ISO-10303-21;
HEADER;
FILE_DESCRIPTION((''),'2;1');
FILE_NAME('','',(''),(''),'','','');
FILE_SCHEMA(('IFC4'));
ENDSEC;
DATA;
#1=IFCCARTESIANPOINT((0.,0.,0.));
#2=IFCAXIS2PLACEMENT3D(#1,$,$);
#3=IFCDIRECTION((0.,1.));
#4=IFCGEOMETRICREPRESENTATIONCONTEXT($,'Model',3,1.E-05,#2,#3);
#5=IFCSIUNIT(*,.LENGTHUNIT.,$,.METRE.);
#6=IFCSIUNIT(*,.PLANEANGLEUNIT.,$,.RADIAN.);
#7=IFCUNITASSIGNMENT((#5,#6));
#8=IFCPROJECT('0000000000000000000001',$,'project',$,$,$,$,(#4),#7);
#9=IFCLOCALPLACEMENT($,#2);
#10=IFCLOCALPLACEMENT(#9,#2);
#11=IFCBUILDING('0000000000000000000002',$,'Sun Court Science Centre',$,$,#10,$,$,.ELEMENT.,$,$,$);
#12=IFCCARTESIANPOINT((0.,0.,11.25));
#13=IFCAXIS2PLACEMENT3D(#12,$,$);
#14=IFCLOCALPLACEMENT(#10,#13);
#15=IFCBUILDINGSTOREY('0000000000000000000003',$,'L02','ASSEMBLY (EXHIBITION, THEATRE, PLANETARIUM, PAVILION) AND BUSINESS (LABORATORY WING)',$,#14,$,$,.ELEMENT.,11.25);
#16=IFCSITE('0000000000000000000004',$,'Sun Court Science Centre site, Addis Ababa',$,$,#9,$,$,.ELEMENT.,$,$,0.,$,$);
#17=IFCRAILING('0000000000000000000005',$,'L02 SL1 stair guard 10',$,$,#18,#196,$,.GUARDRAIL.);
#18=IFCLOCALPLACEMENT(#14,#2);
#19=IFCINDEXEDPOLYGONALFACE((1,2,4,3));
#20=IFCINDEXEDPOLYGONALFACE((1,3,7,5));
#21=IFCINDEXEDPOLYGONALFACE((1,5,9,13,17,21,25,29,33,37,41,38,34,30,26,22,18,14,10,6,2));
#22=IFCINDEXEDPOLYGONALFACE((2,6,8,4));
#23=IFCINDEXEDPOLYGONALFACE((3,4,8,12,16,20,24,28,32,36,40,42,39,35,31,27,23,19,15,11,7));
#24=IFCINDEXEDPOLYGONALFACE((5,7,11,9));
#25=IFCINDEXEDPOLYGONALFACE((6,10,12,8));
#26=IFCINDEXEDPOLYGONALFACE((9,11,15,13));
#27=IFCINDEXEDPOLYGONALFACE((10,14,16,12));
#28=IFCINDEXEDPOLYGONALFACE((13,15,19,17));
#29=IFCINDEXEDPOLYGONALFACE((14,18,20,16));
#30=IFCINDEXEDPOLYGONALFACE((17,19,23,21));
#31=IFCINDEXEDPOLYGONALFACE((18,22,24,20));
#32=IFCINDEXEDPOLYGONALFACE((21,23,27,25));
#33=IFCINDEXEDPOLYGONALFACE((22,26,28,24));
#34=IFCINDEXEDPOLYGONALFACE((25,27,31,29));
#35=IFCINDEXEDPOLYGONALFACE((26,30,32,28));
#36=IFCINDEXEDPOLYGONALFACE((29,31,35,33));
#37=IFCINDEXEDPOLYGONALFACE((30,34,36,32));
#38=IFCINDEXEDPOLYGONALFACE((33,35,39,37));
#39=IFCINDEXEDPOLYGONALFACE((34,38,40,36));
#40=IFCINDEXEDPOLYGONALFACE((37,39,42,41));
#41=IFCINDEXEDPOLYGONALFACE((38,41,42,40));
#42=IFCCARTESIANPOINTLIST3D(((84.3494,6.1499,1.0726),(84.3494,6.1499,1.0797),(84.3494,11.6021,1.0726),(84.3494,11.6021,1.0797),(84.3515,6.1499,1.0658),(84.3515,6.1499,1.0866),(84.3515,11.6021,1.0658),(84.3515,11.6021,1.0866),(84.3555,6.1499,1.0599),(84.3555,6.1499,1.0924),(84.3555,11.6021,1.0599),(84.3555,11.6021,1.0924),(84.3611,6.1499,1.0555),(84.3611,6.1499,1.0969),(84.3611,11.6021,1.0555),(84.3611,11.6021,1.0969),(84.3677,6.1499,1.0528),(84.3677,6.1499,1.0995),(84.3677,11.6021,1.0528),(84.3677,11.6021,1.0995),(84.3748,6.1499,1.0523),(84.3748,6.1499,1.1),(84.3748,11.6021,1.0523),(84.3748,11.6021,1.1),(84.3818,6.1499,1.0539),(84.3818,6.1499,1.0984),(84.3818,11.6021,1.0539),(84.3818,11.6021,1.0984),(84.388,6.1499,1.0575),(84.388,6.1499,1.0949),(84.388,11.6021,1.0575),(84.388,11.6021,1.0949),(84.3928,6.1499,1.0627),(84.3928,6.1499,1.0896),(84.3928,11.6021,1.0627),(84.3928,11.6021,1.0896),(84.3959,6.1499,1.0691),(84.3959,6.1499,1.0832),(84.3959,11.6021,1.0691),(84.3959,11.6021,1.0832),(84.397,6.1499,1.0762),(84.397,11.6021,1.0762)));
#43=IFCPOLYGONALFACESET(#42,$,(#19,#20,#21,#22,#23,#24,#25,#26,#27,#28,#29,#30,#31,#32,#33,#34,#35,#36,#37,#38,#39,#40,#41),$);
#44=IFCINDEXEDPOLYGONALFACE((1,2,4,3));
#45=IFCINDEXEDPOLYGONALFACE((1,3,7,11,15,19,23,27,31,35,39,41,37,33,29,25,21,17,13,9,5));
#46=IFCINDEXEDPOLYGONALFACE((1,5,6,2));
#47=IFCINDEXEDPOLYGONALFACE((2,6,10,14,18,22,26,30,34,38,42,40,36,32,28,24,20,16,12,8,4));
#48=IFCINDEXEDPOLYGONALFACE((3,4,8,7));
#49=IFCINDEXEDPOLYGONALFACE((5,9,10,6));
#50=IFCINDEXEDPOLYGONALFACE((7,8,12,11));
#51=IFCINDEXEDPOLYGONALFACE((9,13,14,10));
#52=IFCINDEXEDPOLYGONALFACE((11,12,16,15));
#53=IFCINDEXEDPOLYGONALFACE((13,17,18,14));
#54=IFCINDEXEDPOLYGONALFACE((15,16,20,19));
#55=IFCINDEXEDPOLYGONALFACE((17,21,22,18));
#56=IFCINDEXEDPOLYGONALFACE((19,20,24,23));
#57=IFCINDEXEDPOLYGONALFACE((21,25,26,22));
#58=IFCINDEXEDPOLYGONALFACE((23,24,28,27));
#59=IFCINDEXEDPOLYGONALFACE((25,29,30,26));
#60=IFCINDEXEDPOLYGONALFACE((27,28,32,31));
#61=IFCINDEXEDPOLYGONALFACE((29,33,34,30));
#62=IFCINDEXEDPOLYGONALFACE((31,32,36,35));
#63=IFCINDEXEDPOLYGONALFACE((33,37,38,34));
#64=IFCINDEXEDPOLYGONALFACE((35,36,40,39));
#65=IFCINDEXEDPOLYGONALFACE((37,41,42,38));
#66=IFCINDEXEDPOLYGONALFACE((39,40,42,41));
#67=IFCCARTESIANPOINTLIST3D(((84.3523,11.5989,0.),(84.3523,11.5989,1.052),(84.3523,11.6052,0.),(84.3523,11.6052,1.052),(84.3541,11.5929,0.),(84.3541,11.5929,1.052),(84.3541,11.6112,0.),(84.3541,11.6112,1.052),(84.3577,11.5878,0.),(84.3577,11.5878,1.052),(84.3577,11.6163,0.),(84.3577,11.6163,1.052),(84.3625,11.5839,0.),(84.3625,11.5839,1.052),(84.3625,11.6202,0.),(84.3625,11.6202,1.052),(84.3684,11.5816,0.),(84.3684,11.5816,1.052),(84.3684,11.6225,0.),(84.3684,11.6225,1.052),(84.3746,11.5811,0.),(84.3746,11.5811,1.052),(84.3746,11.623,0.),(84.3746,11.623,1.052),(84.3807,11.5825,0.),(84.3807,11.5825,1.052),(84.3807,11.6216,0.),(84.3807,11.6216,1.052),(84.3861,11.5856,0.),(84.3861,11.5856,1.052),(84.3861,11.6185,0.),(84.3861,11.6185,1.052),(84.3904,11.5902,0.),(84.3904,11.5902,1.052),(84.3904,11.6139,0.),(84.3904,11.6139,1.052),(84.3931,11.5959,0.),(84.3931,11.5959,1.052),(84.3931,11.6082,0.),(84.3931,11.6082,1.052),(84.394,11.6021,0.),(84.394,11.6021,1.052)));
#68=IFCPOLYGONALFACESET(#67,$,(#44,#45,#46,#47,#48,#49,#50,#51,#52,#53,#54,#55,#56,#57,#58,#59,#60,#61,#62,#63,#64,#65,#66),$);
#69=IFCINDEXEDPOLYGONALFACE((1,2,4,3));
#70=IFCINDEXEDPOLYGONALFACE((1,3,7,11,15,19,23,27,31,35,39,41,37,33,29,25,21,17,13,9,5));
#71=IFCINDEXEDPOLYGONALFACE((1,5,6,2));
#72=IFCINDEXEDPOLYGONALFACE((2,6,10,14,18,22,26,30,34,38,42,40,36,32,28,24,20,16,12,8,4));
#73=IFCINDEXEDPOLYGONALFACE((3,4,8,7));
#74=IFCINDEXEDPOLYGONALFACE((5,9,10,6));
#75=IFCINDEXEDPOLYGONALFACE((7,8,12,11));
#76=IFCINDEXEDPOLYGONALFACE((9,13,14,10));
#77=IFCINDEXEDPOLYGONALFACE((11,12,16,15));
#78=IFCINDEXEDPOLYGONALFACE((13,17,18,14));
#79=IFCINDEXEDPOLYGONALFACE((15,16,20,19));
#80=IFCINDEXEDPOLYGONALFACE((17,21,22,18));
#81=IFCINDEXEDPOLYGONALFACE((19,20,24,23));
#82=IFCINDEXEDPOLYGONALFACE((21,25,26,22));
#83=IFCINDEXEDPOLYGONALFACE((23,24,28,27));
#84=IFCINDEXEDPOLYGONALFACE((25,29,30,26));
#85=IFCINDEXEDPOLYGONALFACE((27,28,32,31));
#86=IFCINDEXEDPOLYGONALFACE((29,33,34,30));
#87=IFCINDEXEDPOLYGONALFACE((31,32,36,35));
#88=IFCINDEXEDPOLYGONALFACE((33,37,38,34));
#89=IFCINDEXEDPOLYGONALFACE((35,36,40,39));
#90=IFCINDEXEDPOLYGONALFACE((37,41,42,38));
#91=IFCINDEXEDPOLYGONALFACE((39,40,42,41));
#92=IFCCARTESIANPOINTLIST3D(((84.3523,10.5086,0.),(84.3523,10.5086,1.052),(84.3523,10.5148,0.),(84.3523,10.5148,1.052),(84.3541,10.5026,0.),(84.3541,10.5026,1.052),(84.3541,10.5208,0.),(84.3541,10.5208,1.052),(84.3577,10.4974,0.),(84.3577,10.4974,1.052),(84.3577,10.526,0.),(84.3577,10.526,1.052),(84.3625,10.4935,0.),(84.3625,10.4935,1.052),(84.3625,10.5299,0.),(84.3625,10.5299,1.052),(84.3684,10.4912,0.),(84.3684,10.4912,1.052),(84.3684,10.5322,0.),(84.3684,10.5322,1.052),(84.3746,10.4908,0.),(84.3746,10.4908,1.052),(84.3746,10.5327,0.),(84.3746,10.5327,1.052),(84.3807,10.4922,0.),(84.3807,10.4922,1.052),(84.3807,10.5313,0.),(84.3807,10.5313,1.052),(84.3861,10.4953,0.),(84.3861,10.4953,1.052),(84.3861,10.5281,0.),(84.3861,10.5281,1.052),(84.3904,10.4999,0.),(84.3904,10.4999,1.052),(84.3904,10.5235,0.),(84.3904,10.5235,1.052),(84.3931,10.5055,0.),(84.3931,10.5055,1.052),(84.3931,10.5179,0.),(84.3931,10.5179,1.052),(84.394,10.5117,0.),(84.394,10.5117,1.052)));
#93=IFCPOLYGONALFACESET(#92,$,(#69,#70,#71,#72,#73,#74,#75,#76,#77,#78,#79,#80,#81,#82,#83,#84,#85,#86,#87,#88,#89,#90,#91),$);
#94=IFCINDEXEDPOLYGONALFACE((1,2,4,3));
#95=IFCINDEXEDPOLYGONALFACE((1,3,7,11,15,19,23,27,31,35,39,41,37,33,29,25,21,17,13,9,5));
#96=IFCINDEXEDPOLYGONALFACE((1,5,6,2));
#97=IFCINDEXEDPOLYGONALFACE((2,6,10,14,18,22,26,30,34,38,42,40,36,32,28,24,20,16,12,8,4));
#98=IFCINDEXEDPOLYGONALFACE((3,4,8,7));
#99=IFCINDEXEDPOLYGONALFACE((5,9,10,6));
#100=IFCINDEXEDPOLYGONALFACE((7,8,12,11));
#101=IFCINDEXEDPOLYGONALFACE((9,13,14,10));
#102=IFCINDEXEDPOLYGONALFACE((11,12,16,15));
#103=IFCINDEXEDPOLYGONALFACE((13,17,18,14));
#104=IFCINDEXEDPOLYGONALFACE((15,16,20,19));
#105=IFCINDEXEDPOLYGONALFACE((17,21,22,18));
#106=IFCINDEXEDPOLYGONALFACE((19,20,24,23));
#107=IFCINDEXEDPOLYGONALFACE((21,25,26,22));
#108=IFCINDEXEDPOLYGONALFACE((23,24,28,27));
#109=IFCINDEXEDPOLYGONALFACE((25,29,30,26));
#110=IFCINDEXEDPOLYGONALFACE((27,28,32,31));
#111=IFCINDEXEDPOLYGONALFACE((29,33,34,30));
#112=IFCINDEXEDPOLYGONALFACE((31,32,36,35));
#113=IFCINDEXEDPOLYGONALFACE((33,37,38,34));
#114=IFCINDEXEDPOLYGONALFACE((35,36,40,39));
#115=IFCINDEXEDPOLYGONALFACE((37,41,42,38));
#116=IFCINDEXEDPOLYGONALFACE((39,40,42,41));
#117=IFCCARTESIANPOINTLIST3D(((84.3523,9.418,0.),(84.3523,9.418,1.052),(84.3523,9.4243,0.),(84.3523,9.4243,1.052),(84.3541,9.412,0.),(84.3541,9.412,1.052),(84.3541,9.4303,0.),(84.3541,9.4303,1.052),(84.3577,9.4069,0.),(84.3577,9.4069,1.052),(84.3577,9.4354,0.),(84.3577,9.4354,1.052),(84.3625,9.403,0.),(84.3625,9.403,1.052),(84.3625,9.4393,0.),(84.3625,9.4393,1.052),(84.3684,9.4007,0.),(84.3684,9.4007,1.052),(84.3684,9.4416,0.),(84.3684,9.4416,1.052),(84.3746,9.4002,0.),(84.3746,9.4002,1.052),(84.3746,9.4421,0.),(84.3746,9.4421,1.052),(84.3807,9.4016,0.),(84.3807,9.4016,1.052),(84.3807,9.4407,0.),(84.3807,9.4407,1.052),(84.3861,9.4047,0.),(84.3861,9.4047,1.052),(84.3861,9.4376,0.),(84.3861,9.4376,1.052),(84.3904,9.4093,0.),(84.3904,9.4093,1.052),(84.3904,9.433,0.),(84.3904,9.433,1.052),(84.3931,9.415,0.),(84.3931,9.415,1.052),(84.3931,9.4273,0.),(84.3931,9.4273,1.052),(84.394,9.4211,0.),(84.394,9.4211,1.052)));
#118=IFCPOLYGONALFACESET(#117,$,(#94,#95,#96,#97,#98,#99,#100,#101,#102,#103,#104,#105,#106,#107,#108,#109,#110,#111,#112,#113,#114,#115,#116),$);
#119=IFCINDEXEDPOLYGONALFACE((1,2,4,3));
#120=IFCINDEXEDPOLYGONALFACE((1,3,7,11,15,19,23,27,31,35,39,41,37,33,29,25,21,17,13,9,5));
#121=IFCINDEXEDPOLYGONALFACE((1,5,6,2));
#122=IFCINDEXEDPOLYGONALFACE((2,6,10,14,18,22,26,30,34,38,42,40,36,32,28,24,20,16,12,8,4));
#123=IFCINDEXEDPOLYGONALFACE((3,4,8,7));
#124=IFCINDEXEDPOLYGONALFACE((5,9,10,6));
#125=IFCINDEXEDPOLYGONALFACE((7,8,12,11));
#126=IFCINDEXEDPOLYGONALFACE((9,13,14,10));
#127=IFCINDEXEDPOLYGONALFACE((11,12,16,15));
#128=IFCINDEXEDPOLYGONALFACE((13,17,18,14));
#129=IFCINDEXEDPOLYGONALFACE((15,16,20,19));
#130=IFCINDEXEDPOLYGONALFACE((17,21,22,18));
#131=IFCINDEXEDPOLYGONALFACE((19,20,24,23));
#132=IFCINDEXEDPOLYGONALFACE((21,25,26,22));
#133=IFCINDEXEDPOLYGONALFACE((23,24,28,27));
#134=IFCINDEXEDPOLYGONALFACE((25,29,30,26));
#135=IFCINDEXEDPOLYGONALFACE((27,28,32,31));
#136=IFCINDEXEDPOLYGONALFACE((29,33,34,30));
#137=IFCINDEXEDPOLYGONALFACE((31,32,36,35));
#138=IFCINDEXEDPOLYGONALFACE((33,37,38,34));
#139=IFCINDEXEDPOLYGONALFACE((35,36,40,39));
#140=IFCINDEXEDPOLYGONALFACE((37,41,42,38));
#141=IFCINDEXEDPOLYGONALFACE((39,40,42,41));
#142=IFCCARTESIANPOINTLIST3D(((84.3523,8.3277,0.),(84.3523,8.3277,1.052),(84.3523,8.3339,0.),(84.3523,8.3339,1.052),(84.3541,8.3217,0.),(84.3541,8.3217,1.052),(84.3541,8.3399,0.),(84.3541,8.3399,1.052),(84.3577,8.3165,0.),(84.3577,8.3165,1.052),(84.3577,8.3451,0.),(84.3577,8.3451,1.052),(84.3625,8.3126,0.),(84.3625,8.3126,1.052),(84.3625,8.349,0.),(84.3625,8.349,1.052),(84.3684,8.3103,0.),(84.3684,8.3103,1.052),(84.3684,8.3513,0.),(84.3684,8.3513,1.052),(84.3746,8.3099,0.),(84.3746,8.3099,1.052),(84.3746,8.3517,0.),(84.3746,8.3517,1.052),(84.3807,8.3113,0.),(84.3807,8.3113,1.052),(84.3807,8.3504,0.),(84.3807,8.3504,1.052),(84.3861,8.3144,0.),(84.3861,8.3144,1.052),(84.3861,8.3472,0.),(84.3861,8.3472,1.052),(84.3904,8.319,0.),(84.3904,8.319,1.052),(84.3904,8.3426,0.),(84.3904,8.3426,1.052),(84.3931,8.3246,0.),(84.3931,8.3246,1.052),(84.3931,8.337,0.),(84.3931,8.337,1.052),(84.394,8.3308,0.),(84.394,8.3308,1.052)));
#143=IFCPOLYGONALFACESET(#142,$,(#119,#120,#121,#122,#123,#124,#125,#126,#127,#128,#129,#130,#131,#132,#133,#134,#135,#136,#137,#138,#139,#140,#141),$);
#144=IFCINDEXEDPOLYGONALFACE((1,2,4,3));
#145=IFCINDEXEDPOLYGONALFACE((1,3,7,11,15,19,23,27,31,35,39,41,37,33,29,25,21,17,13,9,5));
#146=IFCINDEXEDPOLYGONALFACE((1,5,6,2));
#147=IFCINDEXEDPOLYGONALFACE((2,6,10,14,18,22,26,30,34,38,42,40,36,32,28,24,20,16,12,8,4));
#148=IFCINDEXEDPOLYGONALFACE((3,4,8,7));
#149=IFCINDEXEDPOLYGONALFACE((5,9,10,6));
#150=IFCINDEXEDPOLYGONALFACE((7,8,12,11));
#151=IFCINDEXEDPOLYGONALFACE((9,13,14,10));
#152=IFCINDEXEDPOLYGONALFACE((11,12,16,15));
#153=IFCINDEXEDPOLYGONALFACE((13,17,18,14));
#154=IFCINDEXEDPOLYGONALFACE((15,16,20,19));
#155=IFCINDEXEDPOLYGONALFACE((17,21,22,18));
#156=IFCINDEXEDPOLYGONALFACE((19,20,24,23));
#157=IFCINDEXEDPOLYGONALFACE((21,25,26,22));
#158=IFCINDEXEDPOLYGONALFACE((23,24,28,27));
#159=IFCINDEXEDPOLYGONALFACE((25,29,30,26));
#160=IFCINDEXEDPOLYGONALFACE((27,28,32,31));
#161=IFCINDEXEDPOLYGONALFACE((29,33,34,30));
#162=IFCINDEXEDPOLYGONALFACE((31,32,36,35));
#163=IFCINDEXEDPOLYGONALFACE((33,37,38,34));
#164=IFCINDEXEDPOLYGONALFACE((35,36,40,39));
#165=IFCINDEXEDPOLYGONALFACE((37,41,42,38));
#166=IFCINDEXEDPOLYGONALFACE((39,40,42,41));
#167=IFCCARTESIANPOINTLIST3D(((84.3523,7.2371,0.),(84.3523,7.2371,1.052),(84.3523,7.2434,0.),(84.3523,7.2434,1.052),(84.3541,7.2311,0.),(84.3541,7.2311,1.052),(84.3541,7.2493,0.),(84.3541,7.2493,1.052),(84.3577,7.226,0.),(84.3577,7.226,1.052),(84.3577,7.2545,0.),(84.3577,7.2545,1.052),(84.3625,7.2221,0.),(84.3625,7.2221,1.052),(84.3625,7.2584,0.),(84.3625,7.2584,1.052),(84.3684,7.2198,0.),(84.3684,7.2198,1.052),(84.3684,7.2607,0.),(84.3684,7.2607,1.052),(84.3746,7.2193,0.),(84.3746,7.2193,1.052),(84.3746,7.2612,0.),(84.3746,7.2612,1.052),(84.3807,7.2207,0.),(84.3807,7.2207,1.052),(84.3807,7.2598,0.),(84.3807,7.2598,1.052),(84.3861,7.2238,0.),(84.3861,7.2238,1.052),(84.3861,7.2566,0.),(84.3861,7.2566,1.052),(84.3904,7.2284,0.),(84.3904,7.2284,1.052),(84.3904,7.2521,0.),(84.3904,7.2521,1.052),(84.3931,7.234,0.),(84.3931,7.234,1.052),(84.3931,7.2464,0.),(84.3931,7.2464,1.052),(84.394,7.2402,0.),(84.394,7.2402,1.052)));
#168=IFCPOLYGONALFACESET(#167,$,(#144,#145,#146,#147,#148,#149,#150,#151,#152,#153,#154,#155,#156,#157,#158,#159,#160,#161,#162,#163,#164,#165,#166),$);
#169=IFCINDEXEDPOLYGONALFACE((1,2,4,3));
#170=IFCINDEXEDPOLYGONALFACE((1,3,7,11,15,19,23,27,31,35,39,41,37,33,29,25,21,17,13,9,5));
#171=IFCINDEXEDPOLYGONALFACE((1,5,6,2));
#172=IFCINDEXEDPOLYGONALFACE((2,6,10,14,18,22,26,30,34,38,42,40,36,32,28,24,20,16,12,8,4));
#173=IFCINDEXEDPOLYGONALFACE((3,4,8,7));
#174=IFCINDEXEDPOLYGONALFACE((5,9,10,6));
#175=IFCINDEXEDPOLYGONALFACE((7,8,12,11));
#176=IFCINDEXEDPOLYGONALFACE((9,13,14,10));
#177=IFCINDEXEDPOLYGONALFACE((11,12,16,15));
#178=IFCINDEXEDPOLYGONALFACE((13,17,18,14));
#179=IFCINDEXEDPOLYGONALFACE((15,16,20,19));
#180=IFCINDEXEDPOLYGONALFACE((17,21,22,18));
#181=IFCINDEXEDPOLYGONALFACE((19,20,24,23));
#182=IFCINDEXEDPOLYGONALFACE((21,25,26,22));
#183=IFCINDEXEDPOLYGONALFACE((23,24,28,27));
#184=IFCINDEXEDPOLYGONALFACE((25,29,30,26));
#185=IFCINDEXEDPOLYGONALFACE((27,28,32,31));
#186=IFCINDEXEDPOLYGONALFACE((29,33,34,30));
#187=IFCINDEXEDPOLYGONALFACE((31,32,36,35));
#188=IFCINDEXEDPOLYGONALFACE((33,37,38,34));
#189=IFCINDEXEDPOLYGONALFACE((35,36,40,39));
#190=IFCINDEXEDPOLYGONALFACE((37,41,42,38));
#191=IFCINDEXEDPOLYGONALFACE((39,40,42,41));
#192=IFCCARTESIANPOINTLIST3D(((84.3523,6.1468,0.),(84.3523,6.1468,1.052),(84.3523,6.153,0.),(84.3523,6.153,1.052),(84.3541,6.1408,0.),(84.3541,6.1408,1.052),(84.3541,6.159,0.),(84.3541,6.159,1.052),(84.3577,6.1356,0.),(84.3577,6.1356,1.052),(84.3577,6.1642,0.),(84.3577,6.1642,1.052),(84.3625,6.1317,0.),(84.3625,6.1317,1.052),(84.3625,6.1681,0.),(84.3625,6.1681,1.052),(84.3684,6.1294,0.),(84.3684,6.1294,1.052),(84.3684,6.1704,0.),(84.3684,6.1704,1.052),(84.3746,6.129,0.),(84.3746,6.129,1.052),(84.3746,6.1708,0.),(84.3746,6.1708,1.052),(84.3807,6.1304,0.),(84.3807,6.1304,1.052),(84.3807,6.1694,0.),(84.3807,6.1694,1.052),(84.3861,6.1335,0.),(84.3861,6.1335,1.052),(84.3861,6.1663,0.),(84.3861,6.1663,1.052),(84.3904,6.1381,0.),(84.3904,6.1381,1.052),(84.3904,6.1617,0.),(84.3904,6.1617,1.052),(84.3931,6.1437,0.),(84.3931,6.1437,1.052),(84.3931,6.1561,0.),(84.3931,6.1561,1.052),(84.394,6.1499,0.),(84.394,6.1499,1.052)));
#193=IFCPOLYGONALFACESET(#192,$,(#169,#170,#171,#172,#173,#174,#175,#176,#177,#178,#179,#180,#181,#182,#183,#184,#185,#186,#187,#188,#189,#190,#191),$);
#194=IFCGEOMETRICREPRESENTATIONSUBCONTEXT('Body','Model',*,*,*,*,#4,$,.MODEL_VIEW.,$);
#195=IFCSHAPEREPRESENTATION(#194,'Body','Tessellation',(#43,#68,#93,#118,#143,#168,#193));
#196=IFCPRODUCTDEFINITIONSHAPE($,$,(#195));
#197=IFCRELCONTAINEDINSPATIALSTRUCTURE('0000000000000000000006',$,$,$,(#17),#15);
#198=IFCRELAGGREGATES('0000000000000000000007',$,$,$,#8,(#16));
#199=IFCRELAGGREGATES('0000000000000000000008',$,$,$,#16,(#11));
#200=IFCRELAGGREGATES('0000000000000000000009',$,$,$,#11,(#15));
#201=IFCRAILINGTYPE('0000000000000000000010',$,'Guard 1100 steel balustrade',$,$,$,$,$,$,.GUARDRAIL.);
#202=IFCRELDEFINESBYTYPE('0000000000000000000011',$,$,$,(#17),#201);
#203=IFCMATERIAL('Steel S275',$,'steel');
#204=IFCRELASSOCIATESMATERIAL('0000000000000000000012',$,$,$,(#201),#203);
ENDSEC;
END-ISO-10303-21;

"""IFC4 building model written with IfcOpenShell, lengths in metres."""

from ifc_helpers import new_model, si_unit, direction, frame, origin, origin_2d, place, context, subcontext, project, spatial, circle, extrude, material, type_object, element, save


model = new_model("IFC4")

# Units and contexts
model_context = context("Model", 3, precision=1e-05, world=origin(), true_north=direction((0.0, 1.0)))
body_context = subcontext(model_context, "Body", "Model", "MODEL_VIEW")
ifc_project = project(units=[si_unit("LENGTHUNIT", "METRE"), si_unit("PLANEANGLEUNIT", "RADIAN")], contexts=[model_context])

# Site, building, storey
site_placement = place(None, origin())
site = spatial("IfcSite", under=ifc_project, at=site_placement, Name="Sun Court Science Centre site, Addis Ababa", CompositionType="ELEMENT", RefElevation=0.0)
building_placement = place(site_placement, origin())
building = spatial("IfcBuilding", under=site, at=building_placement, Name="Sun Court Science Centre", CompositionType="ELEMENT")
storey_placement = place(building_placement, frame((0.0, 0.0, 11.25)))
storey = spatial("IfcBuildingStorey", under=building, at=storey_placement, Name="L02", Description="ASSEMBLY (EXHIBITION, THEATRE, PLANETARIUM, PAVILION) AND BUSINESS (LABORATORY WING)", CompositionType="ELEMENT", Elevation=11.25)

# Railing
ifc_material_1 = material(Name="Steel S275", Category="steel")
railing_type_1 = type_object("IfcRailingType", Name="Guard 1100 steel balustrade", PredefinedType="GUARDRAIL", material=ifc_material_1)
for number, where, name in (
    (1, (84.373, 11.6021, 0.0), "L02 SL1 stair guard 10"),
):
    element("IfcRailing", number, at=place(storey_placement, frame(where)), inside=storey, type_object=railing_type_1, Name=name, PredefinedType="GUARDRAIL", context=body_context, shape_type="SweptSolid", body=[
        extrude(circle(Radius=0.0239, at=origin_2d()), frame((0.0, 0.0, 1.0762), z_axis=(0.0, -1.0, 0.0), x_axis=(1.0, 0.0, 0.0)), (0.0, 0.0, 1.0), 5.4521),
        extrude(circle(Radius=0.021, at=origin_2d()), origin(), (0.0, 0.0, 1.0), 1.052),
        extrude(circle(Radius=0.021, at=origin_2d()), frame((0.0, -1.0903, 0.0)), (0.0, 0.0, 1.0), 1.052),
        extrude(circle(Radius=0.021, at=origin_2d()), frame((0.0, -2.1809, 0.0)), (0.0, 0.0, 1.0), 1.052),
        extrude(circle(Radius=0.021, at=origin_2d()), frame((0.0, -3.2712, 0.0)), (0.0, 0.0, 1.0), 1.052),
        extrude(circle(Radius=0.021, at=origin_2d()), frame((0.0, -4.3618, 0.0)), (0.0, 0.0, 1.0), 1.052),
        extrude(circle(Radius=0.021, at=origin_2d()), frame((0.0, -5.4521, 0.0)), (0.0, 0.0, 1.0), 1.052),
    ])

save(model, "model.ifc")
